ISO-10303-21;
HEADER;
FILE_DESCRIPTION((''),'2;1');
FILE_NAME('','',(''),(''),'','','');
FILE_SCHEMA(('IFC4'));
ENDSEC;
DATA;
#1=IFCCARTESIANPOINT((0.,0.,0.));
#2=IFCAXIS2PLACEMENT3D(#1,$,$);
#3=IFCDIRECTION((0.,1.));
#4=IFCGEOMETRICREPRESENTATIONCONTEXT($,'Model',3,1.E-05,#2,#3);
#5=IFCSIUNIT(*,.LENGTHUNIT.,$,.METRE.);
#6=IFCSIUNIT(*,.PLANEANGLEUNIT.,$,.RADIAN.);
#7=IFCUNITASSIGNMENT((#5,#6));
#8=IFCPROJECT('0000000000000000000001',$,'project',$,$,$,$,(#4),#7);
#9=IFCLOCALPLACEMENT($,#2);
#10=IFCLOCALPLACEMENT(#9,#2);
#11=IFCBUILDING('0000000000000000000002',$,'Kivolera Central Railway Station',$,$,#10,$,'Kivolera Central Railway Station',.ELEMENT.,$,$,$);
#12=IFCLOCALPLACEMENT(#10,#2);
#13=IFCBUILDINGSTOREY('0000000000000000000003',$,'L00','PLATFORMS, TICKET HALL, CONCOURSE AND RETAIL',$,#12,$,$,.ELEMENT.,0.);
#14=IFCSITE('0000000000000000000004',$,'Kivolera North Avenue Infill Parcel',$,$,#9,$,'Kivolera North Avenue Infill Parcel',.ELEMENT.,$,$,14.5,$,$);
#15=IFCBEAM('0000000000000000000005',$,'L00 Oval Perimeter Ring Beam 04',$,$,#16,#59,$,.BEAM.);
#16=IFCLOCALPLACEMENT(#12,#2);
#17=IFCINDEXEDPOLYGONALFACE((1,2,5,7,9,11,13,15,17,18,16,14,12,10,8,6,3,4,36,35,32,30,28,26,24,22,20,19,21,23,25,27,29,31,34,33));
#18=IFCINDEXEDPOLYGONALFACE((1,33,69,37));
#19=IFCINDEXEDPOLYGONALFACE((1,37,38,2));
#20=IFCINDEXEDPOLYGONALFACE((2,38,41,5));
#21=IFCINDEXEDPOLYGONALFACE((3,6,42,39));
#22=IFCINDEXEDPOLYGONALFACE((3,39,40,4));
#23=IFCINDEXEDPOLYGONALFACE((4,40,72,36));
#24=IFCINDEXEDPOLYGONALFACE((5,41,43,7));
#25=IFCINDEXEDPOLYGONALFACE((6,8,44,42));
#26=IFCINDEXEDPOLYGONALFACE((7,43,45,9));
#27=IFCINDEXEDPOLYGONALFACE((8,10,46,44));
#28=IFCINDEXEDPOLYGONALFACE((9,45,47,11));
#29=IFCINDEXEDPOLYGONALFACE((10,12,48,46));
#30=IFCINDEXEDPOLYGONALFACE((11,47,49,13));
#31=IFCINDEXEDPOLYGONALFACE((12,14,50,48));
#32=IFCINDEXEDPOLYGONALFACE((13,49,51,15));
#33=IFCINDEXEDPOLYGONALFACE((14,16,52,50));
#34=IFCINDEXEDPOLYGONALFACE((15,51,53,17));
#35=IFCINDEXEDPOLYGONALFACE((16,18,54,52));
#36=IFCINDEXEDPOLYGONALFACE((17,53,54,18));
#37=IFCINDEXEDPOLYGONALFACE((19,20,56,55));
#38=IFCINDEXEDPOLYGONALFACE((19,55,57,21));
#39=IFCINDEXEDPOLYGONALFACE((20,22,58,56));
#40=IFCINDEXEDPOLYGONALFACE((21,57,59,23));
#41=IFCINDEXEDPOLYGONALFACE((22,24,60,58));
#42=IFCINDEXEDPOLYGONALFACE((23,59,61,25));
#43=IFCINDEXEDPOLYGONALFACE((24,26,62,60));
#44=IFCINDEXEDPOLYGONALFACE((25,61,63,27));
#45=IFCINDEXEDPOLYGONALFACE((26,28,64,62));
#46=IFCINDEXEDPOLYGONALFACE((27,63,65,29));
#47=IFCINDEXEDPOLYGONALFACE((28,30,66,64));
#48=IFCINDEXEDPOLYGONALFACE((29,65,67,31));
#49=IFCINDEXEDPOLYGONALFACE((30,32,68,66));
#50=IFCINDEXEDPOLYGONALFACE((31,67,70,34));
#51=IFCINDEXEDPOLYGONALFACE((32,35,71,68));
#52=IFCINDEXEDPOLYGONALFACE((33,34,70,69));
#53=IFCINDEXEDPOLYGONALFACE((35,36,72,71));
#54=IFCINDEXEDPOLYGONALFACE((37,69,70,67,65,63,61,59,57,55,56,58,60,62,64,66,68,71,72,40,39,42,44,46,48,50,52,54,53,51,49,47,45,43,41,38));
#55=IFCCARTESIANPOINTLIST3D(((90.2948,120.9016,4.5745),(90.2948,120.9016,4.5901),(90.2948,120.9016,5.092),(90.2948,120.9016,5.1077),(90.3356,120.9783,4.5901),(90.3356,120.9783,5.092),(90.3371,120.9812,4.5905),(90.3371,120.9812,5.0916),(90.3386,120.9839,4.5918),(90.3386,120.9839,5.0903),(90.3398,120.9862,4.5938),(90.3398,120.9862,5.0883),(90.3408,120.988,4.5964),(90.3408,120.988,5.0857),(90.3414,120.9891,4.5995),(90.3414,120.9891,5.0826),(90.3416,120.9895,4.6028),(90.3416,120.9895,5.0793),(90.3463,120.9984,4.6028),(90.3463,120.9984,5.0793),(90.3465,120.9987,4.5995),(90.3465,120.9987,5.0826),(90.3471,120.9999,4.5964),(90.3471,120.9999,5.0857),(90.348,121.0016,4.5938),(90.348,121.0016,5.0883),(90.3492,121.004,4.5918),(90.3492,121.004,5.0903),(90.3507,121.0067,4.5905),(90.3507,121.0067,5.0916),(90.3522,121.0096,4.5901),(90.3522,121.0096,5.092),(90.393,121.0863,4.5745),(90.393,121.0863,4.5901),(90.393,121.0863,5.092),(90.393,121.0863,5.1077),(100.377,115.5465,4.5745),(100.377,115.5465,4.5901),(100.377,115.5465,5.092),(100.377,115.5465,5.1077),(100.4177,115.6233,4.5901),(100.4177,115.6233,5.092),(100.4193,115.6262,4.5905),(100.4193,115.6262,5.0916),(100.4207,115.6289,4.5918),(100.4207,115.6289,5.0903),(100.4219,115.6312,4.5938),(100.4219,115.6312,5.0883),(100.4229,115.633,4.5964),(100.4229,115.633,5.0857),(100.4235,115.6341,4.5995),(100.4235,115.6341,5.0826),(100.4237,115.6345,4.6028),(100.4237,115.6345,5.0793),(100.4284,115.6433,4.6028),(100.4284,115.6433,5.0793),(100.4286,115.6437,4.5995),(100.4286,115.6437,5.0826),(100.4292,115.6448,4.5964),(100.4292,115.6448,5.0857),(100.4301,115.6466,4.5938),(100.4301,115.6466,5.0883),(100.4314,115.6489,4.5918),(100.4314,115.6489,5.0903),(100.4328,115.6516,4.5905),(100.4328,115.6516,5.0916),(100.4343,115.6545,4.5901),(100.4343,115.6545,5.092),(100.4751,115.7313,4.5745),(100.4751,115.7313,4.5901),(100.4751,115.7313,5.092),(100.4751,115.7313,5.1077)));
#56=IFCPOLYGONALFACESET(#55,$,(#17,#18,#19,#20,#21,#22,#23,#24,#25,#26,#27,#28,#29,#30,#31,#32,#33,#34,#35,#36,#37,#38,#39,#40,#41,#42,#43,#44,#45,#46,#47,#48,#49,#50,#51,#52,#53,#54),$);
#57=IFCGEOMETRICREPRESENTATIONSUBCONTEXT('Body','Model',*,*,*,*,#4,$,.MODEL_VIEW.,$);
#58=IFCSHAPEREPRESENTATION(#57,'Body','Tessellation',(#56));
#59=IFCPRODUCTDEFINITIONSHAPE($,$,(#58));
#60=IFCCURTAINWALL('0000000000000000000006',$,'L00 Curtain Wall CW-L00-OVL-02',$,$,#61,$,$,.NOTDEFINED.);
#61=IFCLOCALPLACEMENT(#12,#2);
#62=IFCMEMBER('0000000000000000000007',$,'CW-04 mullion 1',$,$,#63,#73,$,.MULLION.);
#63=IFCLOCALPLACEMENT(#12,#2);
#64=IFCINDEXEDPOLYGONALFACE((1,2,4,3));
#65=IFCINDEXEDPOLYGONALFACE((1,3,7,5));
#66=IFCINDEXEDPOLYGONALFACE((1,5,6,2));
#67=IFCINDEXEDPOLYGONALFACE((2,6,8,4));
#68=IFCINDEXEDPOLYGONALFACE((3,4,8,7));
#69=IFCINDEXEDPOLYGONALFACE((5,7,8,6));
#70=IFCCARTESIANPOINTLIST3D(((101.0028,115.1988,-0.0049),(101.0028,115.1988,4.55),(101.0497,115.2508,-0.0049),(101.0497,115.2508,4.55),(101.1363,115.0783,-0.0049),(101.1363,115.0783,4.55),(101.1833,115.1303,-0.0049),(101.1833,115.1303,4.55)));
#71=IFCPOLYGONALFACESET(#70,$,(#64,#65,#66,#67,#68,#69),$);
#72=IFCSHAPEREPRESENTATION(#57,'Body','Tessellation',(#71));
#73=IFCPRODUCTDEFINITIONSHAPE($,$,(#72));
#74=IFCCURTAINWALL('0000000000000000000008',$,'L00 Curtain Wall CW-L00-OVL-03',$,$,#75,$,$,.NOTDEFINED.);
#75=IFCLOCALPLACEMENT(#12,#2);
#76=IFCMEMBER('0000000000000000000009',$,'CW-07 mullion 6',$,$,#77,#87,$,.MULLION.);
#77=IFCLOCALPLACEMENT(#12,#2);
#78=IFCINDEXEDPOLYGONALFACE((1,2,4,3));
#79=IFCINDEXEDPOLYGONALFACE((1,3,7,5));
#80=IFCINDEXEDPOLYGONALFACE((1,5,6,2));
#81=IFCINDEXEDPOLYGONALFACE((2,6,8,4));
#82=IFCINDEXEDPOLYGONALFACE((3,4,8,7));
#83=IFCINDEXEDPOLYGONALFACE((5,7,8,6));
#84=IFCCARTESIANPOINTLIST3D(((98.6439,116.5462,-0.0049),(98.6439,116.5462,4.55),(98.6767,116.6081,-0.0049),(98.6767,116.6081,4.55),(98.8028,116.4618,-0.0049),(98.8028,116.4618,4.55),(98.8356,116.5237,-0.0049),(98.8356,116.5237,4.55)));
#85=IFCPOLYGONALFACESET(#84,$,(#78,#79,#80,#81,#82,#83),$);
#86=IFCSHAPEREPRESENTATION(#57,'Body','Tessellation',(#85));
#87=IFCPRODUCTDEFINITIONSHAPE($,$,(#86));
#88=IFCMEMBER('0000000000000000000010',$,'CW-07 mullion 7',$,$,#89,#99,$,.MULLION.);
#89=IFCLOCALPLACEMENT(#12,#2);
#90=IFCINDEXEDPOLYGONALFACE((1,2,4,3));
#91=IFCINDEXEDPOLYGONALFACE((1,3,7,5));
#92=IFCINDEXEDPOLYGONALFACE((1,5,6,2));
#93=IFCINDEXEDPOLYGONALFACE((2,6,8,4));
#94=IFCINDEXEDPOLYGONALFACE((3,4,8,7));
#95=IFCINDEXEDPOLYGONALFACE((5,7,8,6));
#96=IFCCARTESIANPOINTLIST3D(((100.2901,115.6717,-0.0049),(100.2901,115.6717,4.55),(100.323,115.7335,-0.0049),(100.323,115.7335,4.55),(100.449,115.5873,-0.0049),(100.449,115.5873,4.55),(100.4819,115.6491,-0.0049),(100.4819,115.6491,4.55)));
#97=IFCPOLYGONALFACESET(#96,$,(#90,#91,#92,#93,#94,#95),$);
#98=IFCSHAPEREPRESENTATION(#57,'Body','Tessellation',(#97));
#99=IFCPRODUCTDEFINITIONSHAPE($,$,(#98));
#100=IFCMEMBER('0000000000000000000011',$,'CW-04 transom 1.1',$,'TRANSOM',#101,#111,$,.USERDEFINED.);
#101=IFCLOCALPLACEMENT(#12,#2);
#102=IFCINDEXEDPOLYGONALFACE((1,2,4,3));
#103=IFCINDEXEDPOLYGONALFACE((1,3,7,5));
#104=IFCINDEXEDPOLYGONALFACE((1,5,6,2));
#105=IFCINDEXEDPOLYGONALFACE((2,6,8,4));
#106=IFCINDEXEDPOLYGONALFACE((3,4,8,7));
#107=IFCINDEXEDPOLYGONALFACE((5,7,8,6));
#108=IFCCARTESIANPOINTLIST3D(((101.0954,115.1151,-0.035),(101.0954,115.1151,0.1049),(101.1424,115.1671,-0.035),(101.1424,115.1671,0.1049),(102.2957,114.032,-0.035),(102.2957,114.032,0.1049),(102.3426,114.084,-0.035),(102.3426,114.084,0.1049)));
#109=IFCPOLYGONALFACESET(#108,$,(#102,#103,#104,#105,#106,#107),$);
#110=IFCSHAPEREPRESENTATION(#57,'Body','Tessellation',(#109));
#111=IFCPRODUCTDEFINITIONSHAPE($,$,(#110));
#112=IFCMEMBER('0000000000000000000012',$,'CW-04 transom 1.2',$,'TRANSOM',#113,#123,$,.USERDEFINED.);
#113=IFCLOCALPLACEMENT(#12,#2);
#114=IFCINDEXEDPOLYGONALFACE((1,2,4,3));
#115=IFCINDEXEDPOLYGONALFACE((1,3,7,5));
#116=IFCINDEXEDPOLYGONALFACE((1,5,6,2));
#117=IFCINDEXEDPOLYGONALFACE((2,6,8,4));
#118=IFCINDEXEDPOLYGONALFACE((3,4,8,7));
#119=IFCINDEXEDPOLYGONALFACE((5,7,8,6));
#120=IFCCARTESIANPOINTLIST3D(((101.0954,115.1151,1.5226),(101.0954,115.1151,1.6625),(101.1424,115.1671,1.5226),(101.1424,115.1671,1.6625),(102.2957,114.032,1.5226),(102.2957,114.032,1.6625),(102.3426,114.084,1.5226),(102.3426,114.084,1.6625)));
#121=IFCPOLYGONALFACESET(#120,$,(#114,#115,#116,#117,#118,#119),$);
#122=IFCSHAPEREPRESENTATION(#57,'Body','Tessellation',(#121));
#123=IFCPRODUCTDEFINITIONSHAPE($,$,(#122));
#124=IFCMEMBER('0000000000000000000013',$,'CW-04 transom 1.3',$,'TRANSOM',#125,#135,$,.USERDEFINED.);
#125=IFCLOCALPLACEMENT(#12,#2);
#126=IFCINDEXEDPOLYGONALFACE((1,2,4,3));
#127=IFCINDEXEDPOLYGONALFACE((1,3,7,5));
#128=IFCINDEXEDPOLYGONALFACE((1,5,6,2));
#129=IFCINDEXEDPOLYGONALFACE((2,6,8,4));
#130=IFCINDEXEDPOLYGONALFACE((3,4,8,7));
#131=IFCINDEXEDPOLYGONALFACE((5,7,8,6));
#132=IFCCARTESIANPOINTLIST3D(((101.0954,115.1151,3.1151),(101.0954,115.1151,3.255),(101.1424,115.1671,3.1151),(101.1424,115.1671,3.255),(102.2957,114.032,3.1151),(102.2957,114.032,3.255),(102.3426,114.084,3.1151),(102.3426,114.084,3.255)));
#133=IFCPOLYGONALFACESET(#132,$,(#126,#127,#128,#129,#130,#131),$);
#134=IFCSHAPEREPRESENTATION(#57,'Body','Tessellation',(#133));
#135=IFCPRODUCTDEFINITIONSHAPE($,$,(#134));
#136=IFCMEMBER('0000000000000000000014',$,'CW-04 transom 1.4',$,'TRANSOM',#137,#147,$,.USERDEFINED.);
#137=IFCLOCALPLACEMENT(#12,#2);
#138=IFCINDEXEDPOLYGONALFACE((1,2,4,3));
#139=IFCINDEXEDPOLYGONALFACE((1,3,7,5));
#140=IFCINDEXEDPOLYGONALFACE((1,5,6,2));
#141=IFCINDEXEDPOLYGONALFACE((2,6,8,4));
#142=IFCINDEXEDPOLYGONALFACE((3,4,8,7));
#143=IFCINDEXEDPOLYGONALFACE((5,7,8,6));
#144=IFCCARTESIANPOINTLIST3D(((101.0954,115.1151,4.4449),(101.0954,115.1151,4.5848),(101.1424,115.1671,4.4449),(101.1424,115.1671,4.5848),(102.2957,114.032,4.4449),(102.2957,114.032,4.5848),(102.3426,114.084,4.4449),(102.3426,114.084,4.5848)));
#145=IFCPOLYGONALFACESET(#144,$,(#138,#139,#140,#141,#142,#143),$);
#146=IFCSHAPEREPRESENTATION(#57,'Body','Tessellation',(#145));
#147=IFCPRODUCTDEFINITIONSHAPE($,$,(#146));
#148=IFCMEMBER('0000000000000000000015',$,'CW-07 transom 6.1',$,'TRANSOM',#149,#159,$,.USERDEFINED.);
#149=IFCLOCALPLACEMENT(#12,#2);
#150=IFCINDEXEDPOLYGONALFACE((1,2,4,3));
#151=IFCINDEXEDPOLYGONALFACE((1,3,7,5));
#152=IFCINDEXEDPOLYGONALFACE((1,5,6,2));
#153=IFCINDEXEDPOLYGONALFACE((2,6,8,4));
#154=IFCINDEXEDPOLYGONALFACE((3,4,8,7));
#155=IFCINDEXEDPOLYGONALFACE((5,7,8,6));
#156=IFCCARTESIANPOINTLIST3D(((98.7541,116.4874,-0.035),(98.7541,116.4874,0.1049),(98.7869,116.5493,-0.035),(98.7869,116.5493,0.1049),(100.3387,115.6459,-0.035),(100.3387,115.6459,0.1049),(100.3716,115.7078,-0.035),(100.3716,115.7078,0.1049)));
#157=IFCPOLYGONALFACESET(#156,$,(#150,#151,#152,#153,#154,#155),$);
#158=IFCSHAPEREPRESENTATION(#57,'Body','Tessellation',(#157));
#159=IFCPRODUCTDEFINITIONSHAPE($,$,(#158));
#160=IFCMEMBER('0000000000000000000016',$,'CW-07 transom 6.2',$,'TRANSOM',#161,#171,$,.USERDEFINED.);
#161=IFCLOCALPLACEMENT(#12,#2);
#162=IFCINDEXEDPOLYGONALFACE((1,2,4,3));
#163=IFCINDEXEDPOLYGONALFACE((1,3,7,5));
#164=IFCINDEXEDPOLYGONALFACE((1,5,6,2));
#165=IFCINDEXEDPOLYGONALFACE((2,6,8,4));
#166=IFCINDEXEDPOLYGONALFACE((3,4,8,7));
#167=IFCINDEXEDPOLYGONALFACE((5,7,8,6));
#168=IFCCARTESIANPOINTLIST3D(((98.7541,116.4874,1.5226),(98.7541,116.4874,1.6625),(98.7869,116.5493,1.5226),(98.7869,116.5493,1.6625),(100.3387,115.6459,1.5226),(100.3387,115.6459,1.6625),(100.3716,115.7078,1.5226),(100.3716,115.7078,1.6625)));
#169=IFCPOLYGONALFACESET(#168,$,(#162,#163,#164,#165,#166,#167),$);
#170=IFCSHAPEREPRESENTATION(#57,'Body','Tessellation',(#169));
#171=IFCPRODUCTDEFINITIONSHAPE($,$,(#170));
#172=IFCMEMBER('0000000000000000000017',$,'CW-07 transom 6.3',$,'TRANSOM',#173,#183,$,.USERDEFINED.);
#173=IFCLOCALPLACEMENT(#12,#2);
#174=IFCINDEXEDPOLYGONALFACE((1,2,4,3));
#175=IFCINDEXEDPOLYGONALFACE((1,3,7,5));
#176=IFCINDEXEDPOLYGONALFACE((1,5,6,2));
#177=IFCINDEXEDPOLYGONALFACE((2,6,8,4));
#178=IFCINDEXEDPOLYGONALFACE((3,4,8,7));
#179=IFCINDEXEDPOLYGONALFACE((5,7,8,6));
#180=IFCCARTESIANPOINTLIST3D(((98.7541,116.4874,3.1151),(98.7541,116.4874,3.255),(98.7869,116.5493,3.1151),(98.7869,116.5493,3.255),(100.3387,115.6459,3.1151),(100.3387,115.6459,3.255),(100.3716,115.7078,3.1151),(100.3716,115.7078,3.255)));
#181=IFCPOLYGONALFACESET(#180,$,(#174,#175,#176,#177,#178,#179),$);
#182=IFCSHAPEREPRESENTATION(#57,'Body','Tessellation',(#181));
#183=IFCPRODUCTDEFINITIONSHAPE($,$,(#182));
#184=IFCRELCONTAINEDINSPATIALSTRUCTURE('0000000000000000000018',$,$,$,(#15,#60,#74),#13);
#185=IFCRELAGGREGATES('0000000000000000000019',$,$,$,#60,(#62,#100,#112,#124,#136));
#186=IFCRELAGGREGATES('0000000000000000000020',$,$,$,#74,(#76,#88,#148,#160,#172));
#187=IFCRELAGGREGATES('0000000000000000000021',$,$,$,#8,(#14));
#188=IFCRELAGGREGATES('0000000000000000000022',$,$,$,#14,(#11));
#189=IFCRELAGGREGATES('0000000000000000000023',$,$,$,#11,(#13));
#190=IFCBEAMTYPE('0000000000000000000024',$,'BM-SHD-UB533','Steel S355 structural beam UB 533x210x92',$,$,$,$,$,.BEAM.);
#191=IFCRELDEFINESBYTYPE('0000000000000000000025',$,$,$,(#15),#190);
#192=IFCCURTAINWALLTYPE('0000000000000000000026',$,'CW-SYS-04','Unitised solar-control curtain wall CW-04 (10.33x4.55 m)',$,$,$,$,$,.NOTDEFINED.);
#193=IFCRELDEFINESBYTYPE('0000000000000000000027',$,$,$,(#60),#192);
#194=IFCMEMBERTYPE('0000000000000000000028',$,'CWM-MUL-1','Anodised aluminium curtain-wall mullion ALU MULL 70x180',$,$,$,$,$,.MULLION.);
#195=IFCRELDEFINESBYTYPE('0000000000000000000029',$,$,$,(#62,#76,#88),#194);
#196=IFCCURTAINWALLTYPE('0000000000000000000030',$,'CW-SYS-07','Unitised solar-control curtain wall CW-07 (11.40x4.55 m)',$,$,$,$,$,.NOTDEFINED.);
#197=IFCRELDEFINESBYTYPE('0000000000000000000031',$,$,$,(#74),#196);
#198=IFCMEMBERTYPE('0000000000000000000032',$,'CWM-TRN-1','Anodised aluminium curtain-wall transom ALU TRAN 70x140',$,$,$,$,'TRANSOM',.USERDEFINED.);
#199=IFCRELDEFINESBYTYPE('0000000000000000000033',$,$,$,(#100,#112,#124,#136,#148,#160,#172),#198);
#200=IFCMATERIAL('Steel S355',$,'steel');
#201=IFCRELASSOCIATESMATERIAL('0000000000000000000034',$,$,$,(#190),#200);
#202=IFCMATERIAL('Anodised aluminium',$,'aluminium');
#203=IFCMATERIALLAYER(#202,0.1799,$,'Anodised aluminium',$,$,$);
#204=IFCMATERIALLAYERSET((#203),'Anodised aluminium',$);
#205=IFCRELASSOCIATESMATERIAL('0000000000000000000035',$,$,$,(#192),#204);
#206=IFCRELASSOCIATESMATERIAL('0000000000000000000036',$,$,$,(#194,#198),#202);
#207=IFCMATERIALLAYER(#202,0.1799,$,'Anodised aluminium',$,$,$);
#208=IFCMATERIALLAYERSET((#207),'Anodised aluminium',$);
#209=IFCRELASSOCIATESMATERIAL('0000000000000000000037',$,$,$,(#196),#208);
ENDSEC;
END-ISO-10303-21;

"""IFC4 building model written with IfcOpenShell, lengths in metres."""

from ifc_helpers import new_model, si_unit, direction, frame, origin, origin_2d, place, context, subcontext, project, spatial, rectangle, i_section, extrude, material, layer, layer_set, material_profile, profile_set, type_object, element, aggregate, save


model = new_model("IFC4")

# Units and contexts
model_context = context("Model", 3, precision=1e-05, world=origin(), true_north=direction((0.0, 1.0)))
body_context = subcontext(model_context, "Body", "Model", "MODEL_VIEW")
ifc_project = project(units=[si_unit("LENGTHUNIT", "METRE"), si_unit("PLANEANGLEUNIT", "RADIAN")], contexts=[model_context])

# Site, building, storey
site_placement = place(None, origin())
site = spatial("IfcSite", under=ifc_project, at=site_placement, Name="Kivolera North Avenue Infill Parcel", LongName="Kivolera North Avenue Infill Parcel", CompositionType="ELEMENT", RefElevation=14.5)
building_placement = place(site_placement, origin())
building = spatial("IfcBuilding", under=site, at=building_placement, Name="Kivolera Central Railway Station", LongName="Kivolera Central Railway Station", CompositionType="ELEMENT")
storey_placement = place(building_placement, origin())
storey = spatial("IfcBuildingStorey", under=building, at=storey_placement, Name="L00", Description="PLATFORMS, TICKET HALL, CONCOURSE AND RETAIL", CompositionType="ELEMENT", Elevation=0.0)

# Beam
ifc_material_1 = material(Name="Steel S355", Category="steel")
ifc_material_profile_1 = material_profile(ifc_material_1, i_section(OverallWidth=0.2092, OverallDepth=0.5332, WebThickness=0.01, FlangeThickness=0.0156, FilletRadius=0.0127, at=origin_2d()), Name="UB 533x210x92")
ifc_profile_set_1 = profile_set([ifc_material_profile_1], Name="Steel S355")
beam_type = type_object("IfcBeamType", Name="BM-SHD-UB533", Description="Steel S355 structural beam UB 533x210x92", PredefinedType="BEAM", material=ifc_profile_set_1)
beam_placement = place(storey_placement, frame((100.426, 115.6389, 4.8411), z_axis=(-0.883156, 0.46908, 0.0), x_axis=(-0.46908, -0.883156, 0.0)))
element("IfcBeam", 1, at=beam_placement, inside=storey, type_object=beam_type, Name="L00 Oval Perimeter Ring Beam 04", PredefinedType="BEAM", context=body_context, shape_type="SweptSolid", body=[
    extrude(i_section(OverallWidth=0.2092, OverallDepth=0.5332, WebThickness=0.01, FlangeThickness=0.0156, FilletRadius=0.0127, at=origin_2d()), origin(), (0.0, 0.0, 1.0), 11.416),
])

# Curtain wall, member
ifc_material_2 = material(Name="Anodised aluminium", Category="aluminium")
ifc_layer_1 = layer(ifc_material_2, 0.1799, Name="Anodised aluminium")
ifc_layer_set_1 = layer_set([ifc_layer_1], Name="Anodised aluminium")
curtain_wall_type_1 = type_object("IfcCurtainWallType", Name="CW-SYS-04", Description="Unitised solar-control curtain wall CW-04 (10.33x4.55 m)", PredefinedType="NOTDEFINED", material=ifc_layer_set_1)
curtain_wall_1_placement = place(storey_placement, origin())
curtain_wall_1 = element("IfcCurtainWall", 2, at=curtain_wall_1_placement, inside=storey, type_object=curtain_wall_type_1, Name="L00 Curtain Wall CW-L00-OVL-02", PredefinedType="NOTDEFINED")
ifc_material_profile_2 = material_profile(ifc_material_2, rectangle(XDim=0.0701, YDim=0.1799, at=origin_2d()), Name="ALU MULL 70x180")
ifc_profile_set_2 = profile_set([ifc_material_profile_2], Name="Anodised aluminium")
member_type_1 = type_object("IfcMemberType", Name="CWM-MUL-1", Description="Anodised aluminium curtain-wall mullion ALU MULL 70x180", PredefinedType="MULLION", material=ifc_profile_set_2)
member_1_placement = place(storey_placement, frame((101.093, 115.1646, -0.0049), z_axis=(0.0, 0.0, 1.0), x_axis=(0.669922, 0.742432, 0.0)))
member_1 = element("IfcMember", 3, at=member_1_placement, type_object=member_type_1, Name="CW-04 mullion 1", PredefinedType="MULLION", context=body_context, shape_type="SweptSolid", body=[
    extrude(rectangle(XDim=0.0701, YDim=0.1799, at=origin_2d()), origin(), (0.0, 0.0, 1.0), 4.5549),
])

# Curtain wall, members
ifc_layer_2 = layer(ifc_material_2, 0.1799, Name="Anodised aluminium")
ifc_layer_set_2 = layer_set([ifc_layer_2], Name="Anodised aluminium")
curtain_wall_type_2 = type_object("IfcCurtainWallType", Name="CW-SYS-07", Description="Unitised solar-control curtain wall CW-07 (11.40x4.55 m)", PredefinedType="NOTDEFINED", material=ifc_layer_set_2)
curtain_wall_2_placement = place(storey_placement, origin())
curtain_wall_2 = element("IfcCurtainWall", 4, at=curtain_wall_2_placement, inside=storey, type_object=curtain_wall_type_2, Name="L00 Curtain Wall CW-L00-OVL-03", PredefinedType="NOTDEFINED")
member_2_placement = place(storey_placement, frame((98.7397, 116.5349, -0.0049), z_axis=(0.0, 0.0, 1.0), x_axis=(0.469053, 0.88317, 0.0)))
member_2 = element("IfcMember", 5, at=member_2_placement, type_object=member_type_1, Name="CW-07 mullion 6", PredefinedType="MULLION", context=body_context, shape_type="SweptSolid", body=[
    extrude(rectangle(XDim=0.0701, YDim=0.1799, at=origin_2d()), origin(), (0.0, 0.0, 1.0), 4.5549),
])
member_3_placement = place(storey_placement, frame((100.386, 115.6604, -0.0049), z_axis=(0.0, 0.0, 1.0), x_axis=(0.469053, 0.88317, 0.0)))
member_3 = element("IfcMember", 6, at=member_3_placement, type_object=member_type_1, Name="CW-07 mullion 7", PredefinedType="MULLION", context=body_context, shape_type="SweptSolid", body=[
    extrude(rectangle(XDim=0.0701, YDim=0.1799, at=origin_2d()), origin(), (0.0, 0.0, 1.0), 4.5549),
])

# Members
ifc_material_profile_3 = material_profile(ifc_material_2, rectangle(XDim=0.0701, YDim=0.1399, at=origin_2d()), Name="ALU TRAN 70x140")
ifc_profile_set_3 = profile_set([ifc_material_profile_3], Name="Anodised aluminium")
member_type_2 = type_object("IfcMemberType", Name="CWM-TRN-1", Description="Anodised aluminium curtain-wall transom ALU TRAN 70x140", ElementType="TRANSOM", PredefinedType="USERDEFINED", material=ifc_profile_set_3)
member_4_placement = place(storey_placement, frame((101.1189, 115.1411, 0.0349), z_axis=(0.742422, -0.669932, 0.0), x_axis=(0.669932, 0.742422, 0.0)))
member_4 = element("IfcMember", 7, at=member_4_placement, type_object=member_type_2, Name="CW-04 transom 1.1", ObjectType="TRANSOM", PredefinedType="USERDEFINED", context=body_context, shape_type="SweptSolid", body=[
    extrude(rectangle(XDim=0.0701, YDim=0.1399, at=origin_2d()), origin(), (0.0, 0.0, 1.0), 1.6167),
])
member_5_placement = place(storey_placement, frame((101.1189, 115.1411, 1.5925), z_axis=(0.742422, -0.669932, 0.0), x_axis=(0.669932, 0.742422, 0.0)))
member_5 = element("IfcMember", 8, at=member_5_placement, type_object=member_type_2, Name="CW-04 transom 1.2", ObjectType="TRANSOM", PredefinedType="USERDEFINED", context=body_context, shape_type="SweptSolid", body=[
    extrude(rectangle(XDim=0.0701, YDim=0.1399, at=origin_2d()), origin(), (0.0, 0.0, 1.0), 1.6167),
])
member_6_placement = place(storey_placement, frame((101.1189, 115.1411, 3.1851), z_axis=(0.742422, -0.669932, 0.0), x_axis=(0.669932, 0.742422, 0.0)))
member_6 = element("IfcMember", 9, at=member_6_placement, type_object=member_type_2, Name="CW-04 transom 1.3", ObjectType="TRANSOM", PredefinedType="USERDEFINED", context=body_context, shape_type="SweptSolid", body=[
    extrude(rectangle(XDim=0.0701, YDim=0.1399, at=origin_2d()), origin(), (0.0, 0.0, 1.0), 1.6167),
])
member_7_placement = place(storey_placement, frame((101.1189, 115.1411, 4.5149), z_axis=(0.742422, -0.669932, 0.0), x_axis=(0.669932, 0.742422, 0.0)))
member_7 = element("IfcMember", 10, at=member_7_placement, type_object=member_type_2, Name="CW-04 transom 1.4", ObjectType="TRANSOM", PredefinedType="USERDEFINED", context=body_context, shape_type="SweptSolid", body=[
    extrude(rectangle(XDim=0.0701, YDim=0.1399, at=origin_2d()), origin(), (0.0, 0.0, 1.0), 1.6167),
])
member_8_placement = place(storey_placement, frame((98.7705, 116.5183, 0.0349), z_axis=(0.883191, -0.469013, 0.0), x_axis=(0.469013, 0.883191, 0.0)))
member_8 = element("IfcMember", 11, at=member_8_placement, type_object=member_type_2, Name="CW-07 transom 6.1", ObjectType="TRANSOM", PredefinedType="USERDEFINED", context=body_context, shape_type="SweptSolid", body=[
    extrude(rectangle(XDim=0.0701, YDim=0.1399, at=origin_2d()), origin(), (0.0, 0.0, 1.0), 1.7942),
])
member_9_placement = place(storey_placement, frame((98.7705, 116.5183, 1.5925), z_axis=(0.883191, -0.469013, 0.0), x_axis=(0.469013, 0.883191, 0.0)))
member_9 = element("IfcMember", 12, at=member_9_placement, type_object=member_type_2, Name="CW-07 transom 6.2", ObjectType="TRANSOM", PredefinedType="USERDEFINED", context=body_context, shape_type="SweptSolid", body=[
    extrude(rectangle(XDim=0.0701, YDim=0.1399, at=origin_2d()), origin(), (0.0, 0.0, 1.0), 1.7942),
])
member_10_placement = place(storey_placement, frame((98.7705, 116.5183, 3.1851), z_axis=(0.883191, -0.469013, 0.0), x_axis=(0.469013, 0.883191, 0.0)))
member_10 = element("IfcMember", 13, at=member_10_placement, type_object=member_type_2, Name="CW-07 transom 6.3", ObjectType="TRANSOM", PredefinedType="USERDEFINED", context=body_context, shape_type="SweptSolid", body=[
    extrude(rectangle(XDim=0.0701, YDim=0.1399, at=origin_2d()), origin(), (0.0, 0.0, 1.0), 1.7942),
])

aggregate(curtain_wall_1, [member_1, member_4, member_5, member_6, member_7])
aggregate(curtain_wall_2, [member_2, member_3, member_8, member_9, member_10])

save(model, "model.ifc")
